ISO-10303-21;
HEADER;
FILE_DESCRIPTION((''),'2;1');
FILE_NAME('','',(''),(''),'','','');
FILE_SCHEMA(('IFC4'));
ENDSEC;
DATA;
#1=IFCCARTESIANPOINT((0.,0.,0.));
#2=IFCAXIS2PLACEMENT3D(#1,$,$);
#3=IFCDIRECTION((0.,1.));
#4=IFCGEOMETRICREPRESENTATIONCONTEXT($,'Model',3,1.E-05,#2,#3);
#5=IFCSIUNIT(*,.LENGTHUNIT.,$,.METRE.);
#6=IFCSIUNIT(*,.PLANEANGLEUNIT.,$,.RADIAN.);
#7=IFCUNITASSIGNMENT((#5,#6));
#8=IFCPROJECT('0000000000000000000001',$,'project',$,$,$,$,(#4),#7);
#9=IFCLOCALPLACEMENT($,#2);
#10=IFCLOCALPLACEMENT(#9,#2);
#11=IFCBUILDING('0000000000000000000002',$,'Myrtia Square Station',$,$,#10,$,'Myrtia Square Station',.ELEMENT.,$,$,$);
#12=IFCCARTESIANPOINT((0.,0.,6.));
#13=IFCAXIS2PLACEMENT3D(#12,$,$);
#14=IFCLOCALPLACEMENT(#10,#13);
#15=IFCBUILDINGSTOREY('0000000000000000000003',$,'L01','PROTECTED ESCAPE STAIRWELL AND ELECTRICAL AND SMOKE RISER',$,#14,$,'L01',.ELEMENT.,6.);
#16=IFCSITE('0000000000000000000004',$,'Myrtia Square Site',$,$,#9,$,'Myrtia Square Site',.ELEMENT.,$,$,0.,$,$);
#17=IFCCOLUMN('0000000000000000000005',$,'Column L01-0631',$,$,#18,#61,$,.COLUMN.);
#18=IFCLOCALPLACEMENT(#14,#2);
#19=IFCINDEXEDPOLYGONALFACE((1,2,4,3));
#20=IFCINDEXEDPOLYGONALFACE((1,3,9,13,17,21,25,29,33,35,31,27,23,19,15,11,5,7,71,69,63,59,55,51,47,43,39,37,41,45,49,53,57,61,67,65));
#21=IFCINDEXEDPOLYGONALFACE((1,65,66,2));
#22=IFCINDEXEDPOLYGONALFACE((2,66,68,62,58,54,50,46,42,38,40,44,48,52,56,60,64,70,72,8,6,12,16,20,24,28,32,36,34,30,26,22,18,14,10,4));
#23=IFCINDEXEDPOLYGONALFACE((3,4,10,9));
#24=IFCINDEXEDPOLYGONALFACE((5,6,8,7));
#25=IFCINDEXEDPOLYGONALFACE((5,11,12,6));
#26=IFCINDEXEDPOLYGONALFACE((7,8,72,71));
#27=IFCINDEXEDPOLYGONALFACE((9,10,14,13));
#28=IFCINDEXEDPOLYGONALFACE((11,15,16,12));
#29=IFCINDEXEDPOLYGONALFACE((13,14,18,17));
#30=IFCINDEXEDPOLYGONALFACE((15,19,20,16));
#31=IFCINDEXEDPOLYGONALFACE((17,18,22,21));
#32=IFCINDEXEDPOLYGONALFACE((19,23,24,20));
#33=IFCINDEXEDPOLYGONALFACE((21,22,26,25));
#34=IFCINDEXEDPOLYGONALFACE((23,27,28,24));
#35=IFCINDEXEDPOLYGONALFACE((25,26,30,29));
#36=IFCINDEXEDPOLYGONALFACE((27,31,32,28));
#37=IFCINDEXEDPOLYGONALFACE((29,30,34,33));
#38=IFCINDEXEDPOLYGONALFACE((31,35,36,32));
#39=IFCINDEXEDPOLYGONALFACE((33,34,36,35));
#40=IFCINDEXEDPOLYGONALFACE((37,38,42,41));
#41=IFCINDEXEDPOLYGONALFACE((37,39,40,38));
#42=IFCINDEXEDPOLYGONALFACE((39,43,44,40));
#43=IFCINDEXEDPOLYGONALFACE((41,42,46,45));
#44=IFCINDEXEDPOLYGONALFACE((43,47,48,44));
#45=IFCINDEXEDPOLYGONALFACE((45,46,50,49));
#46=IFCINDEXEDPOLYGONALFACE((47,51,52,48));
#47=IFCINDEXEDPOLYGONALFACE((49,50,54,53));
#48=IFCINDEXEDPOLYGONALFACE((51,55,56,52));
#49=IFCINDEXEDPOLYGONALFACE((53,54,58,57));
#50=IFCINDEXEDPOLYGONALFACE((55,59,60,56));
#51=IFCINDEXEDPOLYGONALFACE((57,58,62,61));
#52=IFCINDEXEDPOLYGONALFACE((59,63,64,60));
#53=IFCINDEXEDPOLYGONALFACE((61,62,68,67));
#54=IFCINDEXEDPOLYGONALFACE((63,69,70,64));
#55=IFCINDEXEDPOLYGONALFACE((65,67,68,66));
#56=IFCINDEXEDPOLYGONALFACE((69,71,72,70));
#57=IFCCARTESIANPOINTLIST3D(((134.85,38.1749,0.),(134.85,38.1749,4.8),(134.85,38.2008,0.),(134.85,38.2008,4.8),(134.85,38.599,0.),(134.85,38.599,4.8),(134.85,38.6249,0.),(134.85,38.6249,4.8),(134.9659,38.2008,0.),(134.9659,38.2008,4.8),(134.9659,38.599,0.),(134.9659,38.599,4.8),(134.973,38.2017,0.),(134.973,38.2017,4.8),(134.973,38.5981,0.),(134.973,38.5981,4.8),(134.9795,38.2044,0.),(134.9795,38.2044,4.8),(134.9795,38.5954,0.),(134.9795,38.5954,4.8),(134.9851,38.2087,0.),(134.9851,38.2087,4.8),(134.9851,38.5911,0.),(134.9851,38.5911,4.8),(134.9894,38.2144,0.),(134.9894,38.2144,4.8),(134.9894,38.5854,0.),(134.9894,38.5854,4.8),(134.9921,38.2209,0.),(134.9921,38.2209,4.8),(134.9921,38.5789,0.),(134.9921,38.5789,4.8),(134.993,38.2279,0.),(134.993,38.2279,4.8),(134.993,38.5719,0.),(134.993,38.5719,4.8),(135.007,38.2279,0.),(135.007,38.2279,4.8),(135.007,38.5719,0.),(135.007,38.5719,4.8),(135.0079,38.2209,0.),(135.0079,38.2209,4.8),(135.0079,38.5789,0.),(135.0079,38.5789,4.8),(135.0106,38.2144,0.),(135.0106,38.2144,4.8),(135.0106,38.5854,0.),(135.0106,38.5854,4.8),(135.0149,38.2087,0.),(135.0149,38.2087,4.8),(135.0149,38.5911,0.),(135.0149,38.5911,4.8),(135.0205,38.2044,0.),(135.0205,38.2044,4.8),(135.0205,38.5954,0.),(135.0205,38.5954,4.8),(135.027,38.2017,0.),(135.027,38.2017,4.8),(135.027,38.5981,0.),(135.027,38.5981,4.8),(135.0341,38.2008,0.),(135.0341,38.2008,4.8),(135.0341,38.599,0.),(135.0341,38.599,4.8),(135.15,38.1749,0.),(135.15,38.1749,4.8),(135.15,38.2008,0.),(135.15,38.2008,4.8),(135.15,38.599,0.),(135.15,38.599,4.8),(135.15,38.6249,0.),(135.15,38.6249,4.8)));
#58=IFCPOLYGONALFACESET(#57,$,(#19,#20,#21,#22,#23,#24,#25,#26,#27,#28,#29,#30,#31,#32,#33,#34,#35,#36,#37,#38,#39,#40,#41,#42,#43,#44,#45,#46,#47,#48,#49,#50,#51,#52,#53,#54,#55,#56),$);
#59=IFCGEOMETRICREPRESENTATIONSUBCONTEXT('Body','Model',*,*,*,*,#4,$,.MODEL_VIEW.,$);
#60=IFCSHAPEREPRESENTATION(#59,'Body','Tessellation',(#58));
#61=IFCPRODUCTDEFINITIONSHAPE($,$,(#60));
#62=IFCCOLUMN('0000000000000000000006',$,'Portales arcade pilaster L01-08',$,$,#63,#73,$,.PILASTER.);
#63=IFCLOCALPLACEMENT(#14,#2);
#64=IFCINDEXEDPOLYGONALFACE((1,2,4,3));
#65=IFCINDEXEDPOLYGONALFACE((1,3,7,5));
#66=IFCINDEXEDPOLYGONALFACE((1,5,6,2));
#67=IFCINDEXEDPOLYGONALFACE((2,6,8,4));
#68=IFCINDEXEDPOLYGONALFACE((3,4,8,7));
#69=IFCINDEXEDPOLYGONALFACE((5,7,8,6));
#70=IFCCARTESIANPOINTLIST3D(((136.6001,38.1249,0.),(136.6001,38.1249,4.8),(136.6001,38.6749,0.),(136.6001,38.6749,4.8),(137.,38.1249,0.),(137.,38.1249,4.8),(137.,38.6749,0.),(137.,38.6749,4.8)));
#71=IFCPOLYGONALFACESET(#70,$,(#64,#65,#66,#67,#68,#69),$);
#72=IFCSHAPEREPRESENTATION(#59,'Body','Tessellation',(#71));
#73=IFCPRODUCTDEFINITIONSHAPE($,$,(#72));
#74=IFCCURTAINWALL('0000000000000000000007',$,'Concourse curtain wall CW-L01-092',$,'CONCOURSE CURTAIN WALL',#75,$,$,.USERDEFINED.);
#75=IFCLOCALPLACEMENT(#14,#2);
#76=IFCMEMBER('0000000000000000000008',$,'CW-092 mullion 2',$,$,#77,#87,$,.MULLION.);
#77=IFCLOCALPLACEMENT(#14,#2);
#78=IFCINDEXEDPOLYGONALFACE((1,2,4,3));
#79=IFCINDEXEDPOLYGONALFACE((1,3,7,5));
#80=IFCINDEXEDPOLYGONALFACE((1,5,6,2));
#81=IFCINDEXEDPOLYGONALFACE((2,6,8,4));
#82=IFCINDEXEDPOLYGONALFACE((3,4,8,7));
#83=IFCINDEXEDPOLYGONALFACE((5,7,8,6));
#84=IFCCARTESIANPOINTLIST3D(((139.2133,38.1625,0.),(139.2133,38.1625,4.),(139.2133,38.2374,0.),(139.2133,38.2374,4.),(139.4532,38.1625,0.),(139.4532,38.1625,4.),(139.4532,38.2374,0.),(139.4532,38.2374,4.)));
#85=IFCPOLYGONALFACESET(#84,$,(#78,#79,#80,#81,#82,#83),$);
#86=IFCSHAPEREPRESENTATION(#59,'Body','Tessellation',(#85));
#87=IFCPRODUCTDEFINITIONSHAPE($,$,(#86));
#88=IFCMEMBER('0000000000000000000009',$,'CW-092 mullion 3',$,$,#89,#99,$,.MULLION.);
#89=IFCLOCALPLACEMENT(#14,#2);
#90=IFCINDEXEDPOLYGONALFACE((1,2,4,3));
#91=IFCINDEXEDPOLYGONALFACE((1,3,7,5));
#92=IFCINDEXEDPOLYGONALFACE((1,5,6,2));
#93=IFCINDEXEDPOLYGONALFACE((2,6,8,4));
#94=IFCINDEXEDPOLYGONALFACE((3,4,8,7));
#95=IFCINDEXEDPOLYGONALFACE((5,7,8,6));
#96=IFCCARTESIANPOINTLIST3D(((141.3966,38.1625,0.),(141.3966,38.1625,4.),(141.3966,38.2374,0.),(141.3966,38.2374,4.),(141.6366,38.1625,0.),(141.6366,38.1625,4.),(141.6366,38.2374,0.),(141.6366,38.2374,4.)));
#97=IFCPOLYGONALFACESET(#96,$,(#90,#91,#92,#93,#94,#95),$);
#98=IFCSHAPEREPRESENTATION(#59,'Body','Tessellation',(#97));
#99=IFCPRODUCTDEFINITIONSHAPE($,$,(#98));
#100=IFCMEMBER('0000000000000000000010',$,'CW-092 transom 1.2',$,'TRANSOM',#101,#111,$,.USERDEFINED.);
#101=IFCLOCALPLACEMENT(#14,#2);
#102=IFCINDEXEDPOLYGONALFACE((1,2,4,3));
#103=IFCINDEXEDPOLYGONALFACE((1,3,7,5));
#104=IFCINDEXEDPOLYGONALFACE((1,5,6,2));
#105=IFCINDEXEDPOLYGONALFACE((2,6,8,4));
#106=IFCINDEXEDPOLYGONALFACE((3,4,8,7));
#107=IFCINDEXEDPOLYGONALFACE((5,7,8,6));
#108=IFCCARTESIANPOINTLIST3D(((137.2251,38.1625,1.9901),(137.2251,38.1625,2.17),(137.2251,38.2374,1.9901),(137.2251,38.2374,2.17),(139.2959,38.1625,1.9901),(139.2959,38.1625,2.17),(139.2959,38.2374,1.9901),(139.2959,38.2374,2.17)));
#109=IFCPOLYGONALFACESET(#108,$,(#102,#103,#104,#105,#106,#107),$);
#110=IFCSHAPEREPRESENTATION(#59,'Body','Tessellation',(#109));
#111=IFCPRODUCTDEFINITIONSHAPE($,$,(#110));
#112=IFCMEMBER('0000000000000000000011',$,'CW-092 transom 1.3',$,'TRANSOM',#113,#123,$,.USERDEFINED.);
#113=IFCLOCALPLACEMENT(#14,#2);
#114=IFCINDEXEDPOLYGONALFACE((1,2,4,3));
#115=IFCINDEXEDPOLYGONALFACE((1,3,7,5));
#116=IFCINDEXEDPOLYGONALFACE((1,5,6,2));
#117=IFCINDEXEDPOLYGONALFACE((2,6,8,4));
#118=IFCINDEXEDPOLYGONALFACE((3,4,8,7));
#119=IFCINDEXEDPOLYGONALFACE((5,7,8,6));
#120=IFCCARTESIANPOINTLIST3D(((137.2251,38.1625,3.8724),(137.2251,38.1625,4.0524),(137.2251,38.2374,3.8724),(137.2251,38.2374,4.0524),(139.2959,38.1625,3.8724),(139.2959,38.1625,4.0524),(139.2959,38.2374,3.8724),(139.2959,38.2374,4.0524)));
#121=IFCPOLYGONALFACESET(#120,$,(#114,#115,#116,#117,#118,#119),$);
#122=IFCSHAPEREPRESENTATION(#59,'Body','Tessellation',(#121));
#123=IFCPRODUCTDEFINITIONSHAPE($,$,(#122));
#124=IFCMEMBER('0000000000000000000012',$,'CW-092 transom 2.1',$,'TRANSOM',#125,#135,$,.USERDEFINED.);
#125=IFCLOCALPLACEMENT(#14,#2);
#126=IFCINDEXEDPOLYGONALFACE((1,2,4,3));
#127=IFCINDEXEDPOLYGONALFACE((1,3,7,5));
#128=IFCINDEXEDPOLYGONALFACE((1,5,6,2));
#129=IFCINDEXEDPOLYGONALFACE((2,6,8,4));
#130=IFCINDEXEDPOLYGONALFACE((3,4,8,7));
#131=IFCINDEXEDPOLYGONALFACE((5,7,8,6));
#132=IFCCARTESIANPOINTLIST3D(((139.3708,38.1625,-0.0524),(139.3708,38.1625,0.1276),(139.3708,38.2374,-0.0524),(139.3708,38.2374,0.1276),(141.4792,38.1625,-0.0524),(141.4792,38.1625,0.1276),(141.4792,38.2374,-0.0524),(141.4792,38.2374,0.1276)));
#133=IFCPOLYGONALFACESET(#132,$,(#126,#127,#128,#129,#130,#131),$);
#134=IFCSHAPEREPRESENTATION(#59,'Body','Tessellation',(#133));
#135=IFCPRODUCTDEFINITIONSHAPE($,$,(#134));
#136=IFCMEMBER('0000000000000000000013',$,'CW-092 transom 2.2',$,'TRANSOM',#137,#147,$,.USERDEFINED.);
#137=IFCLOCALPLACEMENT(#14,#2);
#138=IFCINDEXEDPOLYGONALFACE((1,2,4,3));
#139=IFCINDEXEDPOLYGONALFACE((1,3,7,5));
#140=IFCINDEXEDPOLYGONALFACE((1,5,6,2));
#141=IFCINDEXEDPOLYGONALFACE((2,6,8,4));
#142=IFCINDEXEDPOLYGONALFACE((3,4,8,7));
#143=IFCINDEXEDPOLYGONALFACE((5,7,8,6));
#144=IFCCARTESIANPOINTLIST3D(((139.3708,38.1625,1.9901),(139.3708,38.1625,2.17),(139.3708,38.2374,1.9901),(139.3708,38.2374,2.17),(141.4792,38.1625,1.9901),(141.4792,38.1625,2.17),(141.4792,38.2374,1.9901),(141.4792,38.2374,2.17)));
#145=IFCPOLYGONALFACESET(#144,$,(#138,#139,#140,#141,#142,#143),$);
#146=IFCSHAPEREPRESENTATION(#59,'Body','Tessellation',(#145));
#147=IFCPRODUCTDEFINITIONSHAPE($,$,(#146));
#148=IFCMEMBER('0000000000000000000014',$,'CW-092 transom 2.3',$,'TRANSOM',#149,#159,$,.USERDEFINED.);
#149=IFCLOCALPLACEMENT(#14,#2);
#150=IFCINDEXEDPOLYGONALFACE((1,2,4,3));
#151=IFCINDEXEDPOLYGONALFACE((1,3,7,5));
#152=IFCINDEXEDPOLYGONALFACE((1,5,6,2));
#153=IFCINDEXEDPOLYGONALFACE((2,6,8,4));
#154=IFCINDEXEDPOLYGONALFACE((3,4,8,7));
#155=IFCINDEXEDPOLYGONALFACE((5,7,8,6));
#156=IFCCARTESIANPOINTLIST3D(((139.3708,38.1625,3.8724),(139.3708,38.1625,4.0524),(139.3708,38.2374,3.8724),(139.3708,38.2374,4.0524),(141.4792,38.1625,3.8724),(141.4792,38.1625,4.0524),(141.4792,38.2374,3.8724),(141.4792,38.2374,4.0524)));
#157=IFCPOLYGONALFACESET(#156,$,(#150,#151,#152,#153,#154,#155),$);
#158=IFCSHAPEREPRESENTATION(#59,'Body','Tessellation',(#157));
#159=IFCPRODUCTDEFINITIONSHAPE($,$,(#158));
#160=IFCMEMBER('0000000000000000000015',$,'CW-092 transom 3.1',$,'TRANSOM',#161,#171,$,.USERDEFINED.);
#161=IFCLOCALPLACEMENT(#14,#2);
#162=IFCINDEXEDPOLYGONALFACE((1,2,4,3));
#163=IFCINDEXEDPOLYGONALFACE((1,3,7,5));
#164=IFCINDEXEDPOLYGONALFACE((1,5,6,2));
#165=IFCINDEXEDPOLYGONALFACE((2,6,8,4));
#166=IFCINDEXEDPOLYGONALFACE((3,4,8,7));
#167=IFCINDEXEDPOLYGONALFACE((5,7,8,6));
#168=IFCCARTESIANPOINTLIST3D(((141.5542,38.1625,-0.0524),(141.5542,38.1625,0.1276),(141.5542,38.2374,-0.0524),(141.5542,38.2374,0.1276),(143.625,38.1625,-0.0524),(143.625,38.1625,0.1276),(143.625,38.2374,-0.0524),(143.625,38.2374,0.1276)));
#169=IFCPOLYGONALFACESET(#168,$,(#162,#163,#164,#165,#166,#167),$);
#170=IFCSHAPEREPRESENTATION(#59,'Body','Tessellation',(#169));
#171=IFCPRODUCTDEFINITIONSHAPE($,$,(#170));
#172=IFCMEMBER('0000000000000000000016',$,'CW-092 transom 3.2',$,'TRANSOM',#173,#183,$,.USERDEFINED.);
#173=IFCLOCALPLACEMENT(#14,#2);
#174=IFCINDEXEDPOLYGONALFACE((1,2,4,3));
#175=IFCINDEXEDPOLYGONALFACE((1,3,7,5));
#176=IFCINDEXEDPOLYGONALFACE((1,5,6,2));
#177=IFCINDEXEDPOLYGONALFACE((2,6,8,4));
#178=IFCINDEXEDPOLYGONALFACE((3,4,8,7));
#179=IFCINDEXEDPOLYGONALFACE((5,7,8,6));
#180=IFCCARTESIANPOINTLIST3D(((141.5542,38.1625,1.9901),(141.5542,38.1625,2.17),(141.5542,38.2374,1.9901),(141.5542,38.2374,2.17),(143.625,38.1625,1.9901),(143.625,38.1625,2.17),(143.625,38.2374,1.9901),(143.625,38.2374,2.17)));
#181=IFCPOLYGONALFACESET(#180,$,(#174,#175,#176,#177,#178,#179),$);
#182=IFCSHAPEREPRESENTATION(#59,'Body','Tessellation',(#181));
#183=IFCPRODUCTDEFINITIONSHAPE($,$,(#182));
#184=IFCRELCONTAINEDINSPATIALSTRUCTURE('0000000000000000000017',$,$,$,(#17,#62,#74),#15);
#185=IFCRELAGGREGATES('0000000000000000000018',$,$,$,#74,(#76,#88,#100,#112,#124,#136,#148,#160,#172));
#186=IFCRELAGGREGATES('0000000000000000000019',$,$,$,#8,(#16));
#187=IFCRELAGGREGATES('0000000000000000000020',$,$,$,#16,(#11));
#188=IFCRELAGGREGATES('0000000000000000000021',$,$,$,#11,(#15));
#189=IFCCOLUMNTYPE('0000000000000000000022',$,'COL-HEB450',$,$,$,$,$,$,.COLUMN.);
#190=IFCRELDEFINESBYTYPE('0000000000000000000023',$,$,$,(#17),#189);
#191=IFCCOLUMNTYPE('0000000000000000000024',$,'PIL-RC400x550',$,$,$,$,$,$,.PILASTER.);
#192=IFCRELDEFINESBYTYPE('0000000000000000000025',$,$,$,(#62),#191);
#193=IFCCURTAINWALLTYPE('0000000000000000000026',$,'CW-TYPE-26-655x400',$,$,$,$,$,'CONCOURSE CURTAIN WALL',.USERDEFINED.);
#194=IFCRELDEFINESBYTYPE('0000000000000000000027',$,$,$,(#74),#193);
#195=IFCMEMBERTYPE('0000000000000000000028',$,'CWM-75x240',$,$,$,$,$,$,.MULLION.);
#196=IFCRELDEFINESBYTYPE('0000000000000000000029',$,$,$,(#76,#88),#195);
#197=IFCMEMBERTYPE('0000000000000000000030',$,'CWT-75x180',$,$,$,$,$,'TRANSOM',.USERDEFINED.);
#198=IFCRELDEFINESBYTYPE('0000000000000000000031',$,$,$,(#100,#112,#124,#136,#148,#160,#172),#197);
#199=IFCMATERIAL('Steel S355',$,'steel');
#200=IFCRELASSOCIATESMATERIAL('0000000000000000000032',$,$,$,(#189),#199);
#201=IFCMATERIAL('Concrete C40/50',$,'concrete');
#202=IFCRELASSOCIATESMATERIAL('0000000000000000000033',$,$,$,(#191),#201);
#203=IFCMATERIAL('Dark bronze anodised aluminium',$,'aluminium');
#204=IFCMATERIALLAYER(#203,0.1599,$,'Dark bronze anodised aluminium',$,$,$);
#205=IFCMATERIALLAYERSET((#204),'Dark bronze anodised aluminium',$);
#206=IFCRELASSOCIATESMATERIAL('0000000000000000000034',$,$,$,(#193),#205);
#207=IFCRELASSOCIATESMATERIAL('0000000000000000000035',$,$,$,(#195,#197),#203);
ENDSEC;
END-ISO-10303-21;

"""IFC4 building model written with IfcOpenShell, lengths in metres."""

from ifc_helpers import new_model, si_unit, direction, frame, origin, origin_2d, place, context, subcontext, project, spatial, rectangle, i_section, extrude, material, layer, layer_set, material_profile, profile_set, type_object, element, aggregate, save


model = new_model("IFC4")

# Units and contexts
model_context = context("Model", 3, precision=1e-05, world=origin(), true_north=direction((0.0, 1.0)))
body_context = subcontext(model_context, "Body", "Model", "MODEL_VIEW")
ifc_project = project(units=[si_unit("LENGTHUNIT", "METRE"), si_unit("PLANEANGLEUNIT", "RADIAN")], contexts=[model_context])

# Site, building, storey
site_placement = place(None, origin())
site = spatial("IfcSite", under=ifc_project, at=site_placement, Name="Myrtia Square Site", LongName="Myrtia Square Site", CompositionType="ELEMENT", RefElevation=0.0)
building_placement = place(site_placement, origin())
building = spatial("IfcBuilding", under=site, at=building_placement, Name="Myrtia Square Station", LongName="Myrtia Square Station", CompositionType="ELEMENT")
storey_placement = place(building_placement, frame((0.0, 0.0, 6.0)))
storey = spatial("IfcBuildingStorey", under=building, at=storey_placement, Name="L01", Description="PROTECTED ESCAPE STAIRWELL AND ELECTRICAL AND SMOKE RISER", LongName="L01", CompositionType="ELEMENT", Elevation=6.0)

# Columns
ifc_material_1 = material(Name="Steel S355", Category="steel")
ifc_material_profile_1 = material_profile(ifc_material_1, i_section(OverallWidth=0.3, OverallDepth=0.45, WebThickness=0.0139, FlangeThickness=0.0259, FilletRadius=0.0271, at=origin_2d()), Name="HEB 450")
ifc_profile_set_1 = profile_set([ifc_material_profile_1], Name="Steel S355")
column_type_1 = type_object("IfcColumnType", Name="COL-HEB450", PredefinedType="COLUMN", material=ifc_profile_set_1)
column_1_placement = place(storey_placement, frame((135.0, 38.3999, 0.0), z_axis=(0.0, 0.0, 1.0), x_axis=(1.0, 0.0, 0.0)))
element("IfcColumn", 1, at=column_1_placement, inside=storey, type_object=column_type_1, Name="Column L01-0631", PredefinedType="COLUMN", context=body_context, shape_type="SweptSolid", body=[
    extrude(i_section(OverallWidth=0.3, OverallDepth=0.45, WebThickness=0.0139, FlangeThickness=0.0259, FilletRadius=0.0271, at=origin_2d()), origin(), (0.0, 0.0, 1.0), 4.8),
])
ifc_material_2 = material(Name="Concrete C40/50", Category="concrete")
ifc_material_profile_2 = material_profile(ifc_material_2, rectangle(XDim=0.3999, YDim=0.55, at=origin_2d()), Name="PIL 400x550")
ifc_profile_set_2 = profile_set([ifc_material_profile_2], Name="Concrete C40/50")
column_type_2 = type_object("IfcColumnType", Name="PIL-RC400x550", PredefinedType="PILASTER", material=ifc_profile_set_2)
column_2_placement = place(storey_placement, frame((136.8, 38.3999, 0.0), z_axis=(0.0, 0.0, 1.0), x_axis=(1.0, 0.0, 0.0)))
element("IfcColumn", 2, at=column_2_placement, inside=storey, type_object=column_type_2, Name="Portales arcade pilaster L01-08", PredefinedType="PILASTER", context=body_context, shape_type="SweptSolid", body=[
    extrude(rectangle(XDim=0.3999, YDim=0.55, at=origin_2d()), origin(), (0.0, 0.0, 1.0), 4.8),
])

# Curtain wall, members
ifc_material_3 = material(Name="Dark bronze anodised aluminium", Category="aluminium")
ifc_layer_1 = layer(ifc_material_3, 0.1599, Name="Dark bronze anodised aluminium")
ifc_layer_set_1 = layer_set([ifc_layer_1], Name="Dark bronze anodised aluminium")
curtain_wall_type = type_object("IfcCurtainWallType", Name="CW-TYPE-26-655x400", ElementType="CONCOURSE CURTAIN WALL", PredefinedType="USERDEFINED", material=ifc_layer_set_1)
curtain_wall_placement = place(storey_placement, origin())
curtain_wall = element("IfcCurtainWall", 3, at=curtain_wall_placement, inside=storey, type_object=curtain_wall_type, Name="Concourse curtain wall CW-L01-092", ObjectType="CONCOURSE CURTAIN WALL", PredefinedType="USERDEFINED")
ifc_material_profile_3 = material_profile(ifc_material_3, rectangle(XDim=0.075, YDim=0.24, at=origin_2d()), Name="ALU-M 75x240")
ifc_profile_set_3 = profile_set([ifc_material_profile_3], Name="Dark bronze anodised aluminium")
member_type_1 = type_object("IfcMemberType", Name="CWM-75x240", PredefinedType="MULLION", material=ifc_profile_set_3)
member_1_placement = place(storey_placement, frame((139.3333, 38.2, 0.0), z_axis=(0.0, 0.0, 1.0), x_axis=(0.0, 1.0, 0.0)))
member_1 = element("IfcMember", 4, at=member_1_placement, type_object=member_type_1, Name="CW-092 mullion 2", PredefinedType="MULLION", context=body_context, shape_type="SweptSolid", body=[
    extrude(rectangle(XDim=0.075, YDim=0.24, at=origin_2d()), origin(), (0.0, 0.0, 1.0), 4.0),
])
member_2_placement = place(storey_placement, frame((141.5166, 38.2, 0.0), z_axis=(0.0, 0.0, 1.0), x_axis=(0.0, 1.0, 0.0)))
member_2 = element("IfcMember", 5, at=member_2_placement, type_object=member_type_1, Name="CW-092 mullion 3", PredefinedType="MULLION", context=body_context, shape_type="SweptSolid", body=[
    extrude(rectangle(XDim=0.075, YDim=0.24, at=origin_2d()), origin(), (0.0, 0.0, 1.0), 4.0),
])
ifc_material_profile_4 = material_profile(ifc_material_3, rectangle(XDim=0.075, YDim=0.1799, at=origin_2d()), Name="ALU-T 75x180")
ifc_profile_set_4 = profile_set([ifc_material_profile_4], Name="Dark bronze anodised aluminium")
member_type_2 = type_object("IfcMemberType", Name="CWT-75x180", ElementType="TRANSOM", PredefinedType="USERDEFINED", material=ifc_profile_set_4)
member_3_placement = place(storey_placement, frame((137.2251, 38.2, 2.0801), z_axis=(1.0, 0.0, 0.0), x_axis=(0.0, 1.0, 0.0)))
member_3 = element("IfcMember", 6, at=member_3_placement, type_object=member_type_2, Name="CW-092 transom 1.2", ObjectType="TRANSOM", PredefinedType="USERDEFINED", context=body_context, shape_type="SweptSolid", body=[
    extrude(rectangle(XDim=0.075, YDim=0.1799, at=origin_2d()), origin(), (0.0, 0.0, 1.0), 2.0708),
])
member_4_placement = place(storey_placement, frame((137.2251, 38.2, 3.9624), z_axis=(1.0, 0.0, 0.0), x_axis=(0.0, 1.0, 0.0)))
member_4 = element("IfcMember", 7, at=member_4_placement, type_object=member_type_2, Name="CW-092 transom 1.3", ObjectType="TRANSOM", PredefinedType="USERDEFINED", context=body_context, shape_type="SweptSolid", body=[
    extrude(rectangle(XDim=0.075, YDim=0.1799, at=origin_2d()), origin(), (0.0, 0.0, 1.0), 2.0708),
])
member_5_placement = place(storey_placement, frame((139.3708, 38.2, 0.0376), z_axis=(1.0, 0.0, 0.0), x_axis=(0.0, 1.0, 0.0)))
member_5 = element("IfcMember", 8, at=member_5_placement, type_object=member_type_2, Name="CW-092 transom 2.1", ObjectType="TRANSOM", PredefinedType="USERDEFINED", context=body_context, shape_type="SweptSolid", body=[
    extrude(rectangle(XDim=0.075, YDim=0.1799, at=origin_2d()), origin(), (0.0, 0.0, 1.0), 2.1084),
])
member_6_placement = place(storey_placement, frame((139.3708, 38.2, 2.0801), z_axis=(1.0, 0.0, 0.0), x_axis=(0.0, 1.0, 0.0)))
member_6 = element("IfcMember", 9, at=member_6_placement, type_object=member_type_2, Name="CW-092 transom 2.2", ObjectType="TRANSOM", PredefinedType="USERDEFINED", context=body_context, shape_type="SweptSolid", body=[
    extrude(rectangle(XDim=0.075, YDim=0.1799, at=origin_2d()), origin(), (0.0, 0.0, 1.0), 2.1084),
])
member_7_placement = place(storey_placement, frame((139.3708, 38.2, 3.9624), z_axis=(1.0, 0.0, 0.0), x_axis=(0.0, 1.0, 0.0)))
member_7 = element("IfcMember", 10, at=member_7_placement, type_object=member_type_2, Name="CW-092 transom 2.3", ObjectType="TRANSOM", PredefinedType="USERDEFINED", context=body_context, shape_type="SweptSolid", body=[
    extrude(rectangle(XDim=0.075, YDim=0.1799, at=origin_2d()), origin(), (0.0, 0.0, 1.0), 2.1084),
])
member_8_placement = place(storey_placement, frame((141.5542, 38.2, 0.0376), z_axis=(1.0, 0.0, 0.0), x_axis=(0.0, 1.0, 0.0)))
member_8 = element("IfcMember", 11, at=member_8_placement, type_object=member_type_2, Name="CW-092 transom 3.1", ObjectType="TRANSOM", PredefinedType="USERDEFINED", context=body_context, shape_type="SweptSolid", body=[
    extrude(rectangle(XDim=0.075, YDim=0.1799, at=origin_2d()), origin(), (0.0, 0.0, 1.0), 2.0708),
])
member_9_placement = place(storey_placement, frame((141.5542, 38.2, 2.0801), z_axis=(1.0, 0.0, 0.0), x_axis=(0.0, 1.0, 0.0)))
member_9 = element("IfcMember", 12, at=member_9_placement, type_object=member_type_2, Name="CW-092 transom 3.2", ObjectType="TRANSOM", PredefinedType="USERDEFINED", context=body_context, shape_type="SweptSolid", body=[
    extrude(rectangle(XDim=0.075, YDim=0.1799, at=origin_2d()), origin(), (0.0, 0.0, 1.0), 2.0708),
])

aggregate(curtain_wall, [member_1, member_2, member_3, member_4, member_5, member_6, member_7, member_8, member_9])

save(model, "model.ifc")
